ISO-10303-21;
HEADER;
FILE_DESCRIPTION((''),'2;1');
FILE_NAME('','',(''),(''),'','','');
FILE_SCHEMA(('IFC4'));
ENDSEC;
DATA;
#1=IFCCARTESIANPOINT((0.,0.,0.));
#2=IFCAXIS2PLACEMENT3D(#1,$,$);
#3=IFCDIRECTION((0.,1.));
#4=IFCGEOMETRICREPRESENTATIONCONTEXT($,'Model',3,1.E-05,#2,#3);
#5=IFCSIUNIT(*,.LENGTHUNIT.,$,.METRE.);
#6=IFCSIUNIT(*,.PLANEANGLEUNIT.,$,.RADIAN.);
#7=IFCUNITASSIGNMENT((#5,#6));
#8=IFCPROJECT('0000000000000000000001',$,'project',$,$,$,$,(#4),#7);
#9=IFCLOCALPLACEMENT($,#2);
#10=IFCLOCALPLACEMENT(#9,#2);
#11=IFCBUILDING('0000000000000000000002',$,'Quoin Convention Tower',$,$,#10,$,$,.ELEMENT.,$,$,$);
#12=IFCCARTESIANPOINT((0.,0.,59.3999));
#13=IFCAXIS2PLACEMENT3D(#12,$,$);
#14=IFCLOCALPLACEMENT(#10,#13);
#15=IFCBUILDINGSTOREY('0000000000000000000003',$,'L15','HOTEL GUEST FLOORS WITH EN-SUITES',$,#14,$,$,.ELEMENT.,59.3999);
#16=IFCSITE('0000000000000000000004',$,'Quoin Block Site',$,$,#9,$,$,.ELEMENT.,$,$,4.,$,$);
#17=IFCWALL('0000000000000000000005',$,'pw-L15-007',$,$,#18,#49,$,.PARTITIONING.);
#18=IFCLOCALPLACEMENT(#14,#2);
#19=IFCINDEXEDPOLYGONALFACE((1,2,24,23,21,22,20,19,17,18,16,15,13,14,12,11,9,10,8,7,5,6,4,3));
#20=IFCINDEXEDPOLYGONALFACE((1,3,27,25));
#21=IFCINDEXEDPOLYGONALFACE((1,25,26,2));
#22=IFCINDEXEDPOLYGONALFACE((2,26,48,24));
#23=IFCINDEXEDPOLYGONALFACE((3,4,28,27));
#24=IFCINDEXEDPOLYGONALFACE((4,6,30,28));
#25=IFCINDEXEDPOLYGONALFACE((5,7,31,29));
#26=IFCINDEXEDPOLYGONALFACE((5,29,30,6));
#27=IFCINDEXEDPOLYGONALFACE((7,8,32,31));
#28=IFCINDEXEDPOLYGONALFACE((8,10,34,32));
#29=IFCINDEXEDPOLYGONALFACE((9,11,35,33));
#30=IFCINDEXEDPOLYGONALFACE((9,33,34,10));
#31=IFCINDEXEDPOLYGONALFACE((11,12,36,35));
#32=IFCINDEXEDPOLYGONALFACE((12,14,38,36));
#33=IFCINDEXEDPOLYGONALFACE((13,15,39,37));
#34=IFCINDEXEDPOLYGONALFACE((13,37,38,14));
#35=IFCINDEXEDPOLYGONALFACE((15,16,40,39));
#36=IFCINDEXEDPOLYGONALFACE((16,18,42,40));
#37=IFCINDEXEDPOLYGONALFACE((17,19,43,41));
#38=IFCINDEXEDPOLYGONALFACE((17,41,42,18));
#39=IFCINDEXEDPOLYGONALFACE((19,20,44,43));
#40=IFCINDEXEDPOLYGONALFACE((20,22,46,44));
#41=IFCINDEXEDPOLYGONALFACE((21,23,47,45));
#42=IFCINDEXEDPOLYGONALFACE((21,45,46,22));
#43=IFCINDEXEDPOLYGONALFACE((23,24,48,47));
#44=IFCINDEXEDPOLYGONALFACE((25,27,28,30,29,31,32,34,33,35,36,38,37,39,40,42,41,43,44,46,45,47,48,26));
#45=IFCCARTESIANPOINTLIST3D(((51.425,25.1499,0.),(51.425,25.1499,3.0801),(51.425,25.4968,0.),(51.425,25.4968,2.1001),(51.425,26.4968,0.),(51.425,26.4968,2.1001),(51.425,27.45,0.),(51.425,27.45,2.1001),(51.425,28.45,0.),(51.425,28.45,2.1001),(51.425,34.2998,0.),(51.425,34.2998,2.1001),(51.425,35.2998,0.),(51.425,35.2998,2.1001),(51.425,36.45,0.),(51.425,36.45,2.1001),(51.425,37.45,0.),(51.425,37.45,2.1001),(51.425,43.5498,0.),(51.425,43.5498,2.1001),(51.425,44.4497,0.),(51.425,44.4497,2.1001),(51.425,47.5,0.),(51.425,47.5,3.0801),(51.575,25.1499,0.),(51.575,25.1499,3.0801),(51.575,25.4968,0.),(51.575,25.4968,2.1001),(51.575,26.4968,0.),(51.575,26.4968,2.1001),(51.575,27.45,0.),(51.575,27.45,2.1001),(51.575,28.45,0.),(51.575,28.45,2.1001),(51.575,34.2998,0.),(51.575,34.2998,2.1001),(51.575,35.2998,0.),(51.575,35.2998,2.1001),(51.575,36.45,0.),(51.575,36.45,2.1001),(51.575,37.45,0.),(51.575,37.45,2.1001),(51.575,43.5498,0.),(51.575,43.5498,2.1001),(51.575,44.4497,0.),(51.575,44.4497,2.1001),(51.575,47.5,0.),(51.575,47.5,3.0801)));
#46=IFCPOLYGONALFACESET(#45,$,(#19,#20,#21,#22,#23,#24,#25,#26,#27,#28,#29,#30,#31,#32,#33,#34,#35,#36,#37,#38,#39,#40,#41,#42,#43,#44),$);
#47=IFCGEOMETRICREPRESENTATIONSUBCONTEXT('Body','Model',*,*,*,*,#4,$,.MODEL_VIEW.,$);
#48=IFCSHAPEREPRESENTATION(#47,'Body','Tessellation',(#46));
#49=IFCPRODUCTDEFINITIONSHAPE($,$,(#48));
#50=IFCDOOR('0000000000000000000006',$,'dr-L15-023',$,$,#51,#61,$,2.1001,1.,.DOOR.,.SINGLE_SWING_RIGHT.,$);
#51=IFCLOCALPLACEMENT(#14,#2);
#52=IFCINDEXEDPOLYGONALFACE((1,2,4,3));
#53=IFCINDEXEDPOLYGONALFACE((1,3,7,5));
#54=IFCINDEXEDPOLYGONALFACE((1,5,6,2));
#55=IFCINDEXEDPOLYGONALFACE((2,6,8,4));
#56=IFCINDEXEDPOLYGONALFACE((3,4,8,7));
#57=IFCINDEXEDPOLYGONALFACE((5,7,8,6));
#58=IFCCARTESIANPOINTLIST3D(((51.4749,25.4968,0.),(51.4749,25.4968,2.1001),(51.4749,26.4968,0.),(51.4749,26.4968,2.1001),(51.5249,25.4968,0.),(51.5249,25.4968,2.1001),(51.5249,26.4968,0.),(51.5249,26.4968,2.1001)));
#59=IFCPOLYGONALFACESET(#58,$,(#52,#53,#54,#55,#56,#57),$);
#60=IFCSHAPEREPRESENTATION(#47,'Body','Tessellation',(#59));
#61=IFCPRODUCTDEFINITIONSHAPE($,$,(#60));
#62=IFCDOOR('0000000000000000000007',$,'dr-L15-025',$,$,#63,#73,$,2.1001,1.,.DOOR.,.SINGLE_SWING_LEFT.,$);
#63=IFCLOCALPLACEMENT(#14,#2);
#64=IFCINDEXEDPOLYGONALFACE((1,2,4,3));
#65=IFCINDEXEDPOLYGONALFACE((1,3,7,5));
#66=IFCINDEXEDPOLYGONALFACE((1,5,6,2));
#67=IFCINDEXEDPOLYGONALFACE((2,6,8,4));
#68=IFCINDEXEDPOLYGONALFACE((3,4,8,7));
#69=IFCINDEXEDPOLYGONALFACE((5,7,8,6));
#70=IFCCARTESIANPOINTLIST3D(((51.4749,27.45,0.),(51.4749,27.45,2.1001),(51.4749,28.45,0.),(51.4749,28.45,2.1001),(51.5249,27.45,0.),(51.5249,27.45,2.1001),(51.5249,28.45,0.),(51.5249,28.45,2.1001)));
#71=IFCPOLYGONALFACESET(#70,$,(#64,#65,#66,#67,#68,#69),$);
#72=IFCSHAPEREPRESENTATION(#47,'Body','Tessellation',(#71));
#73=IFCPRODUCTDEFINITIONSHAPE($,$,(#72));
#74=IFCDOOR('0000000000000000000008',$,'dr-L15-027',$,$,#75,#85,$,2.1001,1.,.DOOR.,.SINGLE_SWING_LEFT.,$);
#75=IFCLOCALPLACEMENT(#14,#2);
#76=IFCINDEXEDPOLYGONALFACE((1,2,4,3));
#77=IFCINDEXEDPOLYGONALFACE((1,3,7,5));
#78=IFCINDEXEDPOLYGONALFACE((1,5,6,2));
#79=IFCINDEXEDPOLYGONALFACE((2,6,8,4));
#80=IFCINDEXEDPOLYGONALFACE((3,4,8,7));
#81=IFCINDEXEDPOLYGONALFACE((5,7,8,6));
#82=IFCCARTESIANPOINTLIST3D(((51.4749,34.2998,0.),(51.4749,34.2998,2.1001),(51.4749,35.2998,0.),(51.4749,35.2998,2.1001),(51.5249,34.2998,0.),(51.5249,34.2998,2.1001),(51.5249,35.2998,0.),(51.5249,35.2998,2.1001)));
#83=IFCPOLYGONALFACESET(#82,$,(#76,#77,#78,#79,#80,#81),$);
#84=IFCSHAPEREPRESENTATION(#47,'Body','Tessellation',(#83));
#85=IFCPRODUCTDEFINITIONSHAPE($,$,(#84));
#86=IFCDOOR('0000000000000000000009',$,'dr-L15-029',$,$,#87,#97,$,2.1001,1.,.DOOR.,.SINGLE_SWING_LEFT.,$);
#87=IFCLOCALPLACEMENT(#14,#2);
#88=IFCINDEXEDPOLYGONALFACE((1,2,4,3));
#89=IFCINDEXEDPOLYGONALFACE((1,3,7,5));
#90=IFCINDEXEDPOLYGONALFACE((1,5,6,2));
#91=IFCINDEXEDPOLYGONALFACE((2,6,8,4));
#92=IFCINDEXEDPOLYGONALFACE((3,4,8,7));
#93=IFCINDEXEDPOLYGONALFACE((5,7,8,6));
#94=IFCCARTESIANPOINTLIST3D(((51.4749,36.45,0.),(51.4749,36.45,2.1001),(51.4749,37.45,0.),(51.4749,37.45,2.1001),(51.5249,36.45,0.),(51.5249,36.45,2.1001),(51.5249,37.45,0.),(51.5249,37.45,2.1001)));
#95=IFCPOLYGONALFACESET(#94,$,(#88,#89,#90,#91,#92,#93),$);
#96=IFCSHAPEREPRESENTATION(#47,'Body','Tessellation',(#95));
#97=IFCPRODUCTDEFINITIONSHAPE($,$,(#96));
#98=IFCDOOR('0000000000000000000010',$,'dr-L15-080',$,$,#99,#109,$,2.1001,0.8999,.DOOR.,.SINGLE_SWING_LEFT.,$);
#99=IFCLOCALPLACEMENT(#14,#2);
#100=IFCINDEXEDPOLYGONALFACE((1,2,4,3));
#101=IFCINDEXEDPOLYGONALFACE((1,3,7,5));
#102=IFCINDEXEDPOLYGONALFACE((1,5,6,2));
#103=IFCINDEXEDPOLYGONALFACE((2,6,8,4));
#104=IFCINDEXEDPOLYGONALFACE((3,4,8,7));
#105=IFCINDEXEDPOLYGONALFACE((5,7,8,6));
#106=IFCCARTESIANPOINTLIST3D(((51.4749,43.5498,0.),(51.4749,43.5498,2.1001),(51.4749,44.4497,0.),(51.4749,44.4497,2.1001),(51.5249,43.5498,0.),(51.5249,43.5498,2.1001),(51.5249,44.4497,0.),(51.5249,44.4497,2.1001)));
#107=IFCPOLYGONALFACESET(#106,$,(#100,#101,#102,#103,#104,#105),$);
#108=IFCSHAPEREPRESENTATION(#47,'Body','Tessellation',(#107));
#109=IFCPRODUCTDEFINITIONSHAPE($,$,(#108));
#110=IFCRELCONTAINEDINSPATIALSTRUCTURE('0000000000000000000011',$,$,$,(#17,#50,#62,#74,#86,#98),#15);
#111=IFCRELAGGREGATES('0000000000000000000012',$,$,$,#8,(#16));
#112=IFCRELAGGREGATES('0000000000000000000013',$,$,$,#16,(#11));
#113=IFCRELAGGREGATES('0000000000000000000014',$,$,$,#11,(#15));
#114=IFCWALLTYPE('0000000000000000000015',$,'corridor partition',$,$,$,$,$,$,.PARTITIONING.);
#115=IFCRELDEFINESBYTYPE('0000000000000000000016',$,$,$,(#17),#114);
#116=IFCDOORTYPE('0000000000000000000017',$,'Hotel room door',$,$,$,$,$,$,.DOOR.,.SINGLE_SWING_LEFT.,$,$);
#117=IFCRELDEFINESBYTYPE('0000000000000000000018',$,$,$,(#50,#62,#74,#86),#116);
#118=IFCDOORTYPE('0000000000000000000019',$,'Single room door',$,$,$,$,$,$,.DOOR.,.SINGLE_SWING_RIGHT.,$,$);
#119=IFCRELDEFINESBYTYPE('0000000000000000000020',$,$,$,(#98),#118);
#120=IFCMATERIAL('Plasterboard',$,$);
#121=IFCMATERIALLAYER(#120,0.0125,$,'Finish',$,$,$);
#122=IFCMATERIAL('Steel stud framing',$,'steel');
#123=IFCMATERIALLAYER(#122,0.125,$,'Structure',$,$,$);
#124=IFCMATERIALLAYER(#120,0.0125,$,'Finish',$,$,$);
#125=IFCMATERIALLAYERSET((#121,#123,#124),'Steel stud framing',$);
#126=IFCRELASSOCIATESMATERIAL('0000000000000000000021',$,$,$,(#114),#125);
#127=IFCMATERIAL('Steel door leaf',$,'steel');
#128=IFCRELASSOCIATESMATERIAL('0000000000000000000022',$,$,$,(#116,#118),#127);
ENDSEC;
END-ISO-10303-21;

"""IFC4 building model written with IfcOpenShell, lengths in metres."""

from ifc_helpers import new_model, si_unit, direction, frame, frame_2d, origin, place, context, subcontext, project, spatial, rectangle, extrude, material, layer, layer_set, type_object, element, fill, save


model = new_model("IFC4")

# Units and contexts
model_context = context("Model", 3, precision=1e-05, world=origin(), true_north=direction((0.0, 1.0)))
body_context = subcontext(model_context, "Body", "Model", "MODEL_VIEW")
ifc_project = project(units=[si_unit("LENGTHUNIT", "METRE"), si_unit("PLANEANGLEUNIT", "RADIAN")], contexts=[model_context])

# Site, building, storey
site_placement = place(None, origin())
site = spatial("IfcSite", under=ifc_project, at=site_placement, Name="Quoin Block Site", CompositionType="ELEMENT", RefElevation=4.0)
building_placement = place(site_placement, origin())
building = spatial("IfcBuilding", under=site, at=building_placement, Name="Quoin Convention Tower", CompositionType="ELEMENT")
storey_placement = place(building_placement, frame((0.0, 0.0, 59.3999)))
storey = spatial("IfcBuildingStorey", under=building, at=storey_placement, Name="L15", Description="HOTEL GUEST FLOORS WITH EN-SUITES", CompositionType="ELEMENT", Elevation=59.3999)

# Shared definitions
ifc_material_1 = material(Name="Steel door leaf", Category="steel")

# Wall, openings, doors
ifc_material_2 = material(Name="Plasterboard")
ifc_layer_1 = layer(ifc_material_2, 0.0125, Name="Finish")
ifc_material_3 = material(Name="Steel stud framing", Category="steel")
ifc_layer_2 = layer(ifc_material_3, 0.125, Name="Structure")
ifc_layer_3 = layer(ifc_material_2, 0.0125, Name="Finish")
ifc_layer_set_1 = layer_set([ifc_layer_1, ifc_layer_2, ifc_layer_3], Name="Steel stud framing")
wall_type_1 = type_object("IfcWallType", Name="corridor partition", PredefinedType="PARTITIONING", material=ifc_layer_set_1)
wall_1_placement = place(storey_placement, frame((51.5, 25.1499, 0.0), z_axis=(0.0, 0.0, 1.0), x_axis=(0.0, 1.0, 0.0)))
wall_1 = element("IfcWall", 1, at=wall_1_placement, inside=storey, type_object=wall_type_1, Name="pw-L15-007", PredefinedType="PARTITIONING", context=body_context, shape_type="SweptSolid", body=[
    extrude(rectangle(XDim=22.3501, YDim=0.1499, at=frame_2d((11.175, 0.0))), origin(), (0.0, 0.0, 1.0), 3.0801),
])
opening_1_placement = place(wall_1_placement, frame((0.3469, 0.0, 0.0)))
opening_1 = element("IfcOpeningElement", 2, at=opening_1_placement, cuts=wall_1, PredefinedType="OPENING", context=body_context, shape_type="SweptSolid", body=[
    extrude(rectangle(XDim=1.0, YDim=2.1001, at=frame_2d((0.5, 1.05))), frame((0.0, 0.085, 0.0), z_axis=(0.0, -1.0, 0.0), x_axis=(1.0, 0.0, 0.0)), (0.0, 0.0, 1.0), 0.1699),
])
opening_2_placement = place(wall_1_placement, frame((2.3, 0.0, 0.0)))
opening_2 = element("IfcOpeningElement", 3, at=opening_2_placement, cuts=wall_1, PredefinedType="OPENING", context=body_context, shape_type="SweptSolid", body=[
    extrude(rectangle(XDim=1.0, YDim=2.1001, at=frame_2d((0.5, 1.05))), frame((0.0, 0.085, 0.0), z_axis=(0.0, -1.0, 0.0), x_axis=(1.0, 0.0, 0.0)), (0.0, 0.0, 1.0), 0.1699),
])
opening_3_placement = place(wall_1_placement, frame((9.1499, 0.0, 0.0)))
opening_3 = element("IfcOpeningElement", 4, at=opening_3_placement, cuts=wall_1, PredefinedType="OPENING", context=body_context, shape_type="SweptSolid", body=[
    extrude(rectangle(XDim=1.0, YDim=2.1001, at=frame_2d((0.5, 1.05))), frame((0.0, 0.085, 0.0), z_axis=(0.0, -1.0, 0.0), x_axis=(1.0, 0.0, 0.0)), (0.0, 0.0, 1.0), 0.1699),
])
opening_4_placement = place(wall_1_placement, frame((11.3, 0.0, 0.0)))
opening_4 = element("IfcOpeningElement", 5, at=opening_4_placement, cuts=wall_1, PredefinedType="OPENING", context=body_context, shape_type="SweptSolid", body=[
    extrude(rectangle(XDim=1.0, YDim=2.1001, at=frame_2d((0.5, 1.05))), frame((0.0, 0.085, 0.0), z_axis=(0.0, -1.0, 0.0), x_axis=(1.0, 0.0, 0.0)), (0.0, 0.0, 1.0), 0.1699),
])
opening_5_placement = place(wall_1_placement, frame((18.3999, 0.0, 0.0)))
opening_5 = element("IfcOpeningElement", 6, at=opening_5_placement, cuts=wall_1, PredefinedType="OPENING", context=body_context, shape_type="SweptSolid", body=[
    extrude(rectangle(XDim=0.8999, YDim=2.1001, at=frame_2d((0.45, 1.05))), frame((0.0, 0.085, 0.0), z_axis=(0.0, -1.0, 0.0), x_axis=(1.0, 0.0, 0.0)), (0.0, 0.0, 1.0), 0.1699),
])
door_type_1 = type_object("IfcDoorType", Name="Hotel room door", OperationType="SINGLE_SWING_LEFT", PredefinedType="DOOR", material=ifc_material_1)
door_1_placement = place(opening_1_placement, frame((1.0, 0.0, 0.0), z_axis=(0.0, 0.0, 1.0), x_axis=(-1.0, 0.0, 0.0)))
door_1 = element("IfcDoor", 7, at=door_1_placement, inside=storey, type_object=door_type_1, Name="dr-L15-023", OperationType="SINGLE_SWING_RIGHT", OverallHeight=2.1001, OverallWidth=1.0, PredefinedType="DOOR", context=body_context, shape_type="SweptSolid", body=[
    extrude(rectangle(XDim=1.0, YDim=2.1001, at=frame_2d((0.5, 1.05))), frame((0.0, 0.0249, 0.0), z_axis=(0.0, -1.0, 0.0), x_axis=(1.0, 0.0, 0.0)), (0.0, 0.0, 1.0), 0.05),
])
fill(opening_1, door_1)
door_2_placement = place(opening_2_placement, frame((1.0, 0.0, 0.0), z_axis=(0.0, 0.0, 1.0), x_axis=(-1.0, 0.0, 0.0)))
door_2 = element("IfcDoor", 8, at=door_2_placement, inside=storey, type_object=door_type_1, Name="dr-L15-025", OperationType="SINGLE_SWING_LEFT", OverallHeight=2.1001, OverallWidth=1.0, PredefinedType="DOOR", context=body_context, shape_type="SweptSolid", body=[
    extrude(rectangle(XDim=1.0, YDim=2.1001, at=frame_2d((0.5, 1.05))), frame((0.0, 0.0249, 0.0), z_axis=(0.0, -1.0, 0.0), x_axis=(1.0, 0.0, 0.0)), (0.0, 0.0, 1.0), 0.05),
])
fill(opening_2, door_2)
door_3_placement = place(opening_3_placement, frame((1.0, 0.0, 0.0), z_axis=(0.0, 0.0, 1.0), x_axis=(-1.0, 0.0, 0.0)))
door_3 = element("IfcDoor", 9, at=door_3_placement, inside=storey, type_object=door_type_1, Name="dr-L15-027", OperationType="SINGLE_SWING_LEFT", OverallHeight=2.1001, OverallWidth=1.0, PredefinedType="DOOR", context=body_context, shape_type="SweptSolid", body=[
    extrude(rectangle(XDim=1.0, YDim=2.1001, at=frame_2d((0.5, 1.05))), frame((0.0, 0.0249, 0.0), z_axis=(0.0, -1.0, 0.0), x_axis=(1.0, 0.0, 0.0)), (0.0, 0.0, 1.0), 0.05),
])
fill(opening_3, door_3)
door_4_placement = place(opening_4_placement, frame((1.0, 0.0, 0.0), z_axis=(0.0, 0.0, 1.0), x_axis=(-1.0, 0.0, 0.0)))
door_4 = element("IfcDoor", 10, at=door_4_placement, inside=storey, type_object=door_type_1, Name="dr-L15-029", OperationType="SINGLE_SWING_LEFT", OverallHeight=2.1001, OverallWidth=1.0, PredefinedType="DOOR", context=body_context, shape_type="SweptSolid", body=[
    extrude(rectangle(XDim=1.0, YDim=2.1001, at=frame_2d((0.5, 1.05))), frame((0.0, 0.0249, 0.0), z_axis=(0.0, -1.0, 0.0), x_axis=(1.0, 0.0, 0.0)), (0.0, 0.0, 1.0), 0.05),
])
fill(opening_4, door_4)
door_type_2 = type_object("IfcDoorType", Name="Single room door", OperationType="SINGLE_SWING_RIGHT", PredefinedType="DOOR", material=ifc_material_1)
door_5_placement = place(opening_5_placement, frame((0.8999, 0.0, 0.0), z_axis=(0.0, 0.0, 1.0), x_axis=(-1.0, 0.0, 0.0)))
door_5 = element("IfcDoor", 11, at=door_5_placement, inside=storey, type_object=door_type_2, Name="dr-L15-080", OperationType="SINGLE_SWING_LEFT", OverallHeight=2.1001, OverallWidth=0.8999, PredefinedType="DOOR", context=body_context, shape_type="SweptSolid", body=[
    extrude(rectangle(XDim=0.8999, YDim=2.1001, at=frame_2d((0.45, 1.05))), frame((0.0, 0.0249, 0.0), z_axis=(0.0, -1.0, 0.0), x_axis=(1.0, 0.0, 0.0)), (0.0, 0.0, 1.0), 0.05),
])
fill(opening_5, door_5)

save(model, "model.ifc")
